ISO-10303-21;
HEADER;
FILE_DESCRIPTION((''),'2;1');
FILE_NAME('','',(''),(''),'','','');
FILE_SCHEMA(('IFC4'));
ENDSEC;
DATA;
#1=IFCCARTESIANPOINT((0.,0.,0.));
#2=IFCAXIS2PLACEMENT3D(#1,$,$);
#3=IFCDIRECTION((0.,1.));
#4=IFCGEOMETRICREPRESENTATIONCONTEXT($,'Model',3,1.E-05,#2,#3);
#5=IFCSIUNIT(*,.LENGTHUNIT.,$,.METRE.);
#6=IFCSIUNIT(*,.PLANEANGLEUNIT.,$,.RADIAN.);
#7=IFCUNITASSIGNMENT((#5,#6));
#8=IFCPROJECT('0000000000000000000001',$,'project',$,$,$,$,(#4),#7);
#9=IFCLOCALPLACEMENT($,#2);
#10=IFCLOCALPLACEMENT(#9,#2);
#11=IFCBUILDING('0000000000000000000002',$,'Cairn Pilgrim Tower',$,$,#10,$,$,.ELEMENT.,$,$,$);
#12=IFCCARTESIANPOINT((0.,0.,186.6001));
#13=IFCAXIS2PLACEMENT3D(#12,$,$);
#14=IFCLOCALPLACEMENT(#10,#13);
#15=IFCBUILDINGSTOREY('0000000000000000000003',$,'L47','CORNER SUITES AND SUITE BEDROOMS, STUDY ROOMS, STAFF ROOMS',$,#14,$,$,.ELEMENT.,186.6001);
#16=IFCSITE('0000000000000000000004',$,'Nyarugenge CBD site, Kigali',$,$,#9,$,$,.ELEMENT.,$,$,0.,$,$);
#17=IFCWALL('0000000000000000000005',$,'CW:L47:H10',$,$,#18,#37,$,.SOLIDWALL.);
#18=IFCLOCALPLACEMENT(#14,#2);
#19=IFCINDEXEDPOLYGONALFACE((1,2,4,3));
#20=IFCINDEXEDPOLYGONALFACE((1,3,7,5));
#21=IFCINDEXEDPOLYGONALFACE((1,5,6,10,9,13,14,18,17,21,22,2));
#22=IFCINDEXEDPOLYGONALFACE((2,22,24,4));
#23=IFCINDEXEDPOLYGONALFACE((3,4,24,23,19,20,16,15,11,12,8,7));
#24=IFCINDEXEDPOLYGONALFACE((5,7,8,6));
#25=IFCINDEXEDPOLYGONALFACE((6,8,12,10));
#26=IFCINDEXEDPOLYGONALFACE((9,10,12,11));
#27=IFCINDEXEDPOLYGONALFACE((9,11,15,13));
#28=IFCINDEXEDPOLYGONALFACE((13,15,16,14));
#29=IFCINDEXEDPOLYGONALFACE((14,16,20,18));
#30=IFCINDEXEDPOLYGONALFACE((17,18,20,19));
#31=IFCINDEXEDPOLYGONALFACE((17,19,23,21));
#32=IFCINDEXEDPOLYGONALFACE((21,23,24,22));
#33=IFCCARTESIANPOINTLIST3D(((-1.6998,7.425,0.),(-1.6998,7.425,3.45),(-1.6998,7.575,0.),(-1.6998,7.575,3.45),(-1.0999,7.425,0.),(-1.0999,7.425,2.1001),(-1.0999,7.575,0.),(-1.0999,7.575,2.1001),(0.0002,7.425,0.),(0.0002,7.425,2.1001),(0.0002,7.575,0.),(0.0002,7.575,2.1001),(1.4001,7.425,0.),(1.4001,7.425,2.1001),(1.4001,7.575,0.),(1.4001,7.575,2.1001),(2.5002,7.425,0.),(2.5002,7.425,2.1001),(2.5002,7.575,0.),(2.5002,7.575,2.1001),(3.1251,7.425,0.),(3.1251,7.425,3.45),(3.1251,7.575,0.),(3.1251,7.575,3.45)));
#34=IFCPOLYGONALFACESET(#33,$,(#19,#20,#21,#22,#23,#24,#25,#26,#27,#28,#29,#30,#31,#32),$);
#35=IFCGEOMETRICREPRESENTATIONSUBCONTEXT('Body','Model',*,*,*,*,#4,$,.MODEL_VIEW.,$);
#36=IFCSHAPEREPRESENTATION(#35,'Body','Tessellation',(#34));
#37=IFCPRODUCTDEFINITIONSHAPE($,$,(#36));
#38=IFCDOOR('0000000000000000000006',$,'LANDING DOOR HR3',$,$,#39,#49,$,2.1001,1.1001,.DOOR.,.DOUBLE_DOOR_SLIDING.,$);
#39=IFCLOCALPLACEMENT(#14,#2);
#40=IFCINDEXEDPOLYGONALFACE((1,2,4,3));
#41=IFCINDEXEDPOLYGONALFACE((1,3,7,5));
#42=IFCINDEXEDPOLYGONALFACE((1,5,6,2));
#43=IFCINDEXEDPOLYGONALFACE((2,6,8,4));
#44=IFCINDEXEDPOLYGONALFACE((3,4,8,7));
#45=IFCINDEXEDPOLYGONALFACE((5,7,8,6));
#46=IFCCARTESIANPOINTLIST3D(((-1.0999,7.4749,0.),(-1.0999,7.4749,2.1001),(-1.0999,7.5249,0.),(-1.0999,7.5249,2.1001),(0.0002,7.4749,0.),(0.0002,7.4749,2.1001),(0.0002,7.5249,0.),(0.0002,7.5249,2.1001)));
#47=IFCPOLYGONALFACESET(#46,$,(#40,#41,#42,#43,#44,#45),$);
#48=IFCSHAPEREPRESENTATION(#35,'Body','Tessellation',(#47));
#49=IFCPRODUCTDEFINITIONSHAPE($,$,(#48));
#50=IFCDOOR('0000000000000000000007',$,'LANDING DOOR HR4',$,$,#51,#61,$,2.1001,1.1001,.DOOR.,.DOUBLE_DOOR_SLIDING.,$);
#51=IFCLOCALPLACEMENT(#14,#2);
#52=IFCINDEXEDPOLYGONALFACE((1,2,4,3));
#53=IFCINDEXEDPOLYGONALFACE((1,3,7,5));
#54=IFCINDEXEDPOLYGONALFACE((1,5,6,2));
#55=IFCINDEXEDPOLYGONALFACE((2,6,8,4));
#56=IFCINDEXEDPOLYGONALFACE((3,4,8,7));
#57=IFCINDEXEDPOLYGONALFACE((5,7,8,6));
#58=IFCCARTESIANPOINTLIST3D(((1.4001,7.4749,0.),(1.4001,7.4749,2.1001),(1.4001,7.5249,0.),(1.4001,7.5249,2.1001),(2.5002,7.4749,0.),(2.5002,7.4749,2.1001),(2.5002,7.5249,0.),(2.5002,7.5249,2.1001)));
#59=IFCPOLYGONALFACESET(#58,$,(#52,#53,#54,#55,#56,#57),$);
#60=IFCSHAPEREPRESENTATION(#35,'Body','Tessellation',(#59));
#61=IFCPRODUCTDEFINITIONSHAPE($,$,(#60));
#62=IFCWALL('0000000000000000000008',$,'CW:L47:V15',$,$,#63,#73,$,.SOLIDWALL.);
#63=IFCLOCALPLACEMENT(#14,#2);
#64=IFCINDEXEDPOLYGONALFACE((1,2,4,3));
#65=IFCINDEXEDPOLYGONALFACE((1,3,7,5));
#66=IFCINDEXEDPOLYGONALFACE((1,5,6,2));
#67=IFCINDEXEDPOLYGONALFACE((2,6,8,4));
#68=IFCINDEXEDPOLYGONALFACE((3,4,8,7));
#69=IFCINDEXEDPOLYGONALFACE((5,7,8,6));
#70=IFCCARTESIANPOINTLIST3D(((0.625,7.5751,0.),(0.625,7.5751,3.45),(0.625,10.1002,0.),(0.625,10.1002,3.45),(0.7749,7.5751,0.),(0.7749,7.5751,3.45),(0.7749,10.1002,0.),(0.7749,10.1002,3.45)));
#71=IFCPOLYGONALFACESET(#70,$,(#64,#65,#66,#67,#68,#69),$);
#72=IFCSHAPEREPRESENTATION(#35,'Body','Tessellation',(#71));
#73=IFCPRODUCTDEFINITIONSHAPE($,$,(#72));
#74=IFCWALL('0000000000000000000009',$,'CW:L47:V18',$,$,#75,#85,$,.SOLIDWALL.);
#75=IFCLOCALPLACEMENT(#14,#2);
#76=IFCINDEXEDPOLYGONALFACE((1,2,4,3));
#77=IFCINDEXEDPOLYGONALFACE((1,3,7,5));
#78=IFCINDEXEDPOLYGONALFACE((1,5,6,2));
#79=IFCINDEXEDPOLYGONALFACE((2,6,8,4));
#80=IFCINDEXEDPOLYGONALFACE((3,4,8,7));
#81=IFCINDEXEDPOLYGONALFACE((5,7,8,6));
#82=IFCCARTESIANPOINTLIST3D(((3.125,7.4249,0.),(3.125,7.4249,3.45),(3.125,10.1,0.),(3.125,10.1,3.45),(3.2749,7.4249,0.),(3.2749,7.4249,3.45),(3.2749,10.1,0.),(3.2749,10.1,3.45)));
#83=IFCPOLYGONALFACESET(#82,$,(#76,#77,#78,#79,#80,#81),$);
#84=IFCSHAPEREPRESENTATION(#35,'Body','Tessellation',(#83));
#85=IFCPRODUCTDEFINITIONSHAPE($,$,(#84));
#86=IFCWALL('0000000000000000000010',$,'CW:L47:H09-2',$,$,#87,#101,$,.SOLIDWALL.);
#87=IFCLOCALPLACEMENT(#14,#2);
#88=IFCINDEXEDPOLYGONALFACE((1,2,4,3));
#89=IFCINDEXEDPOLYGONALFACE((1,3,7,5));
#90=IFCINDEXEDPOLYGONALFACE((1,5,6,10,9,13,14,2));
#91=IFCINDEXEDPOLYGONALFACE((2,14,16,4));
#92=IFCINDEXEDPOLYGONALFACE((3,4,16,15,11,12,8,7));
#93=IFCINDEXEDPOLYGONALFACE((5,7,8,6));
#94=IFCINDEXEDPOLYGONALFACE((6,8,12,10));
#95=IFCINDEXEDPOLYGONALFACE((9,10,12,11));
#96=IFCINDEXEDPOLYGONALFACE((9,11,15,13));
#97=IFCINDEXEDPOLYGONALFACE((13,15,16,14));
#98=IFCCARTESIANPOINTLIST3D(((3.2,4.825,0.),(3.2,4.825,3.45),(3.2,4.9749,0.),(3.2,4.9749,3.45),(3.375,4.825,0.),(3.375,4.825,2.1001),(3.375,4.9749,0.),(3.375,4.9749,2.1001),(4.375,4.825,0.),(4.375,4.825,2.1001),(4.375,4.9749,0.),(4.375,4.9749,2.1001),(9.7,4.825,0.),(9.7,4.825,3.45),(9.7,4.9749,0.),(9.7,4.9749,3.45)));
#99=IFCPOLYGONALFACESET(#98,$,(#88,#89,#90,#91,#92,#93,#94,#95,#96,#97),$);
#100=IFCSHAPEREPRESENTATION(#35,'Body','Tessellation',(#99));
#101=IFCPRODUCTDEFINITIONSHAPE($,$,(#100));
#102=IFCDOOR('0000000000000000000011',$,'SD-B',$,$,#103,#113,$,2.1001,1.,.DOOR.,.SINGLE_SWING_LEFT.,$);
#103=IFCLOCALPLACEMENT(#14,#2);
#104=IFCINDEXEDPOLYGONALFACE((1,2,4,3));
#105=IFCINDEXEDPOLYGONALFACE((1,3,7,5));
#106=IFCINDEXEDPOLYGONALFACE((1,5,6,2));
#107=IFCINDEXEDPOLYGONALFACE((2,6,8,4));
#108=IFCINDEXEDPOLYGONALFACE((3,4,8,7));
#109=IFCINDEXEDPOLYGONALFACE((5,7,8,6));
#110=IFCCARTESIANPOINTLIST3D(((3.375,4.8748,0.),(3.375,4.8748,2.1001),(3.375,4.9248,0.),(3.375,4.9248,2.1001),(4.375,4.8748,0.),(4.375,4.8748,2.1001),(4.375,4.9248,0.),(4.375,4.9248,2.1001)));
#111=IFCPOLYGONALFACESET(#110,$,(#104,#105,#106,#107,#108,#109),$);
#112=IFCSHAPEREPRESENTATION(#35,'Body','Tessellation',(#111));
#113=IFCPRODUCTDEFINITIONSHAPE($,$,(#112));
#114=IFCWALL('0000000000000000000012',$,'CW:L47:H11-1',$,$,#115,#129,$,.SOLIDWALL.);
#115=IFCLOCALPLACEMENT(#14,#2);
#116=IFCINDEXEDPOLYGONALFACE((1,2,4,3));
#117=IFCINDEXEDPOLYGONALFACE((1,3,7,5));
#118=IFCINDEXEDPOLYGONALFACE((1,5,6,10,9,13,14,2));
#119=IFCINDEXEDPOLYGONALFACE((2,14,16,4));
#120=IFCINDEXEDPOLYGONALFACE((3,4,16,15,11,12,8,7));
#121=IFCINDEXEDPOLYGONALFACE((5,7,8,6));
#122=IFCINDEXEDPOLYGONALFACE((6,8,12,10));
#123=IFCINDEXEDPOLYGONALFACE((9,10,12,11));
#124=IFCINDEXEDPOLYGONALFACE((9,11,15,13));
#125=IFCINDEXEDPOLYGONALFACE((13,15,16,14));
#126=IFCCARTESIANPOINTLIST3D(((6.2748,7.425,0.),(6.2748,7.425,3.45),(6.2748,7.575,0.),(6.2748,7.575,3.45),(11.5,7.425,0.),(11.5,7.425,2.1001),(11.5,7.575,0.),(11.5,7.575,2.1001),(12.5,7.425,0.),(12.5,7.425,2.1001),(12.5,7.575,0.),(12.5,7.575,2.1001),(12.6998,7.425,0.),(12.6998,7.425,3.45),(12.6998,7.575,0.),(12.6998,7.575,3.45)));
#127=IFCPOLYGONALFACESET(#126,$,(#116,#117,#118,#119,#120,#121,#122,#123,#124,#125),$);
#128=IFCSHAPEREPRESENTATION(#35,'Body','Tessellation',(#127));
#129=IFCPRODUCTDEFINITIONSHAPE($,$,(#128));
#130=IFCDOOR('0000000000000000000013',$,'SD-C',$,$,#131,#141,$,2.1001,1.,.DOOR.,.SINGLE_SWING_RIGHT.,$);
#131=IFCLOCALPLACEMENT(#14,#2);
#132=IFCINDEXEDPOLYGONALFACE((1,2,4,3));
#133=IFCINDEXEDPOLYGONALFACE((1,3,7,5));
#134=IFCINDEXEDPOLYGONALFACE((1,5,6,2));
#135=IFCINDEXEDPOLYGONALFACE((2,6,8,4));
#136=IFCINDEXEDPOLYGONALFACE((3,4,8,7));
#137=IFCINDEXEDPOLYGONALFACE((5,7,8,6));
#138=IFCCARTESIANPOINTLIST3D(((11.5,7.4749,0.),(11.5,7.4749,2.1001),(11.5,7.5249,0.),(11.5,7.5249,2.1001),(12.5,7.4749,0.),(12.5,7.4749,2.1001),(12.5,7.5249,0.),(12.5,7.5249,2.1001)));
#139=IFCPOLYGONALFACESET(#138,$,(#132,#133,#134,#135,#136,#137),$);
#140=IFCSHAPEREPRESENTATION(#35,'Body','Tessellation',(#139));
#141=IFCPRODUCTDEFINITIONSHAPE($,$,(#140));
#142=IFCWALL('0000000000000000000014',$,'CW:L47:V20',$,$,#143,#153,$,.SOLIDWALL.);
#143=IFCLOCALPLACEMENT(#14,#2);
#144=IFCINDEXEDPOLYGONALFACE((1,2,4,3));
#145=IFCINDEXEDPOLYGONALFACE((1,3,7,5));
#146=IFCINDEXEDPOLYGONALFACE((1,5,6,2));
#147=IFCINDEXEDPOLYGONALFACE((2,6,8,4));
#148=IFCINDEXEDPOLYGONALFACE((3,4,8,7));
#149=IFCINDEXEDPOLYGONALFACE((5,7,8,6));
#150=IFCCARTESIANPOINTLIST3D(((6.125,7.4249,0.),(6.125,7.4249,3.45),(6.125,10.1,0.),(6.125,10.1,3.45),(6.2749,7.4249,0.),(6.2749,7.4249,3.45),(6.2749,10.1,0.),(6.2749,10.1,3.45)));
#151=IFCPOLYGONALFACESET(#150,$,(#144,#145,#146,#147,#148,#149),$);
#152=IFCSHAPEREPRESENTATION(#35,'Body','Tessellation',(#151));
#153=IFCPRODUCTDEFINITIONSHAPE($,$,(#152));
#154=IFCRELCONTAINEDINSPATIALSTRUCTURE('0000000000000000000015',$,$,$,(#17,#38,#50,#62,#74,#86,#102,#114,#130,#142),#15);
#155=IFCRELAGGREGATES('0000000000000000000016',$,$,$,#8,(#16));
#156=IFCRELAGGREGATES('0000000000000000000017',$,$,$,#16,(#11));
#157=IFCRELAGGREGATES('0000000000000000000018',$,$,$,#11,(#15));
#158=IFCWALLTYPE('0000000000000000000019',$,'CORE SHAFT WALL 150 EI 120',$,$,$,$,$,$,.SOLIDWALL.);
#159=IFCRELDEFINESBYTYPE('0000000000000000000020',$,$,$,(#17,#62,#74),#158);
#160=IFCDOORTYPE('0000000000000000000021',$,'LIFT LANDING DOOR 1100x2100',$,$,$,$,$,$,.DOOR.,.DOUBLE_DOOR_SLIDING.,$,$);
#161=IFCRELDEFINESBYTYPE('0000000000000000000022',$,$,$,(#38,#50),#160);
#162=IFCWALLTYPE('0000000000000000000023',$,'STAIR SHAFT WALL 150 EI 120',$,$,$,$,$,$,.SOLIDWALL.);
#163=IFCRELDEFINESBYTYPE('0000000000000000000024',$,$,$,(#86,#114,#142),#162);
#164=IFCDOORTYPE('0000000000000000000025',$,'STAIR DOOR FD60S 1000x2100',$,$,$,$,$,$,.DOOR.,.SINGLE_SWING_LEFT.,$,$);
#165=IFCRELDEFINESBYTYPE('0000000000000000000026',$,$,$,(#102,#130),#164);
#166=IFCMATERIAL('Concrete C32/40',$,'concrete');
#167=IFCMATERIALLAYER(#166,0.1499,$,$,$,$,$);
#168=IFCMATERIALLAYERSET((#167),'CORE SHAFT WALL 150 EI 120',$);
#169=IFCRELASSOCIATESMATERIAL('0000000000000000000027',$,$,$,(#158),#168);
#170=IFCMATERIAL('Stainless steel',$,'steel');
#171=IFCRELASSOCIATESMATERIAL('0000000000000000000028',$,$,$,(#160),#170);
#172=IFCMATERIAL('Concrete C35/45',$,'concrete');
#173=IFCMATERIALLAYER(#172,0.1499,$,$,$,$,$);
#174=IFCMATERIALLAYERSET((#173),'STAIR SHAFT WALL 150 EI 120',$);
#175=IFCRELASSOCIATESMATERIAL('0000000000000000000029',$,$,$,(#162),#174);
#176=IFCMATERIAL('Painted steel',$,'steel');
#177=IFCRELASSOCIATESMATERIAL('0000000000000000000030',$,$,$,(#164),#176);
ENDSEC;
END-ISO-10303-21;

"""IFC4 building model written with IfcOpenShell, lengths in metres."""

from ifc_helpers import new_model, si_unit, direction, frame, frame_2d, origin, place, context, subcontext, project, spatial, rectangle, extrude, material, layer, layer_set, type_object, element, fill, save


model = new_model("IFC4")

# Units and contexts
model_context = context("Model", 3, precision=1e-05, world=origin(), true_north=direction((0.0, 1.0)))
body_context = subcontext(model_context, "Body", "Model", "MODEL_VIEW")
ifc_project = project(units=[si_unit("LENGTHUNIT", "METRE"), si_unit("PLANEANGLEUNIT", "RADIAN")], contexts=[model_context])

# Site, building, storey
site_placement = place(None, origin())
site = spatial("IfcSite", under=ifc_project, at=site_placement, Name="Nyarugenge CBD site, Kigali", CompositionType="ELEMENT", RefElevation=0.0)
building_placement = place(site_placement, origin())
building = spatial("IfcBuilding", under=site, at=building_placement, Name="Cairn Pilgrim Tower", CompositionType="ELEMENT")
storey_placement = place(building_placement, frame((0.0, 0.0, 186.6001)))
storey = spatial("IfcBuildingStorey", under=building, at=storey_placement, Name="L47", Description="CORNER SUITES AND SUITE BEDROOMS, STUDY ROOMS, STAFF ROOMS", CompositionType="ELEMENT", Elevation=186.6001)

# Wall, openings, doors
ifc_material_1 = material(Name="Concrete C32/40", Category="concrete")
ifc_layer_1 = layer(ifc_material_1, 0.1499)
ifc_layer_set_1 = layer_set([ifc_layer_1], Name="CORE SHAFT WALL 150 EI 120")
wall_type_1 = type_object("IfcWallType", Name="CORE SHAFT WALL 150 EI 120", PredefinedType="SOLIDWALL", material=ifc_layer_set_1)
ifc_material_2 = material(Name="Stainless steel", Category="steel")
door_type_1 = type_object("IfcDoorType", Name="LIFT LANDING DOOR 1100x2100", OperationType="DOUBLE_DOOR_SLIDING", PredefinedType="DOOR", material=ifc_material_2)
wall_1_placement = place(storey_placement, frame((-1.7, 7.5, 0.0), z_axis=(0.0, 0.0, 1.0), x_axis=(1.0, 0.0, 0.0)))
wall_1 = element("IfcWall", 1, at=wall_1_placement, inside=storey, type_object=wall_type_1, Name="CW:L47:H10", PredefinedType="SOLIDWALL", context=body_context, shape_type="SweptSolid", body=[
    extrude(rectangle(XDim=4.825, YDim=0.1499, at=frame_2d((2.4126, 0.0))), origin(), (0.0, 0.0, 1.0), 3.45),
])
opening_1_placement = place(wall_1_placement, frame((0.6001, 0.0, 0.0)))
opening_1 = element("IfcOpeningElement", 2, at=opening_1_placement, cuts=wall_1, PredefinedType="OPENING", context=body_context, shape_type="SweptSolid", body=[
    extrude(rectangle(XDim=1.1001, YDim=2.1001, at=frame_2d((0.55, 1.05))), frame((0.0, 0.085, 0.0), z_axis=(0.0, -1.0, 0.0), x_axis=(1.0, 0.0, 0.0)), (0.0, 0.0, 1.0), 0.1699),
])
opening_2_placement = place(wall_1_placement, frame((3.1001, 0.0, 0.0)))
opening_2 = element("IfcOpeningElement", 3, at=opening_2_placement, cuts=wall_1, PredefinedType="OPENING", context=body_context, shape_type="SweptSolid", body=[
    extrude(rectangle(XDim=1.1001, YDim=2.1001, at=frame_2d((0.55, 1.05))), frame((0.0, 0.085, 0.0), z_axis=(0.0, -1.0, 0.0), x_axis=(1.0, 0.0, 0.0)), (0.0, 0.0, 1.0), 0.1699),
])
door_1_placement = place(opening_1_placement, origin())
door_1 = element("IfcDoor", 4, at=door_1_placement, inside=storey, type_object=door_type_1, Name="LANDING DOOR HR3", OperationType="DOUBLE_DOOR_SLIDING", OverallHeight=2.1001, OverallWidth=1.1001, PredefinedType="DOOR", context=body_context, shape_type="SweptSolid", body=[
    extrude(rectangle(XDim=1.1001, YDim=2.1001, at=frame_2d((0.55, 1.05))), frame((0.0, 0.0249, 0.0), z_axis=(0.0, -1.0, 0.0), x_axis=(1.0, 0.0, 0.0)), (0.0, 0.0, 1.0), 0.05),
])
fill(opening_1, door_1)
door_2_placement = place(opening_2_placement, origin())
door_2 = element("IfcDoor", 5, at=door_2_placement, inside=storey, type_object=door_type_1, Name="LANDING DOOR HR4", OperationType="DOUBLE_DOOR_SLIDING", OverallHeight=2.1001, OverallWidth=1.1001, PredefinedType="DOOR", context=body_context, shape_type="SweptSolid", body=[
    extrude(rectangle(XDim=1.1001, YDim=2.1001, at=frame_2d((0.55, 1.05))), frame((0.0, 0.0249, 0.0), z_axis=(0.0, -1.0, 0.0), x_axis=(1.0, 0.0, 0.0)), (0.0, 0.0, 1.0), 0.05),
])
fill(opening_2, door_2)

# Walls
wall_2_placement = place(storey_placement, frame((0.7, 7.575, 0.0), z_axis=(0.0, 0.0, 1.0), x_axis=(0.0, 1.0, 0.0)))
element("IfcWall", 6, at=wall_2_placement, inside=storey, type_object=wall_type_1, Name="CW:L47:V15", PredefinedType="SOLIDWALL", context=body_context, shape_type="SweptSolid", body=[
    extrude(rectangle(XDim=2.5251, YDim=0.1499, at=frame_2d((1.2627, 0.0))), origin(), (0.0, 0.0, 1.0), 3.45),
])
wall_3_placement = place(storey_placement, frame((3.2, 7.425, 0.0), z_axis=(0.0, 0.0, 1.0), x_axis=(0.0, 1.0, 0.0)))
element("IfcWall", 7, at=wall_3_placement, inside=storey, type_object=wall_type_1, Name="CW:L47:V18", PredefinedType="SOLIDWALL", context=body_context, shape_type="SweptSolid", body=[
    extrude(rectangle(XDim=2.675, YDim=0.1499, at=frame_2d((1.3374, 0.0))), origin(), (0.0, 0.0, 1.0), 3.45),
])

# Walls, openings, doors
ifc_material_3 = material(Name="Concrete C35/45", Category="concrete")
ifc_layer_2 = layer(ifc_material_3, 0.1499)
ifc_layer_set_2 = layer_set([ifc_layer_2], Name="STAIR SHAFT WALL 150 EI 120")
wall_type_2 = type_object("IfcWallType", Name="STAIR SHAFT WALL 150 EI 120", PredefinedType="SOLIDWALL", material=ifc_layer_set_2)
wall_4_placement = place(storey_placement, frame((3.2, 4.8999, 0.0), z_axis=(0.0, 0.0, 1.0), x_axis=(1.0, 0.0, 0.0)))
wall_4 = element("IfcWall", 8, at=wall_4_placement, inside=storey, type_object=wall_type_2, Name="CW:L47:H09-2", PredefinedType="SOLIDWALL", context=body_context, shape_type="SweptSolid", body=[
    extrude(rectangle(XDim=6.5, YDim=0.1499, at=frame_2d((3.25, 0.0))), origin(), (0.0, 0.0, 1.0), 3.45),
])
opening_3_placement = place(wall_4_placement, frame((0.175, 0.0, 0.0)))
opening_3 = element("IfcOpeningElement", 9, at=opening_3_placement, cuts=wall_4, PredefinedType="OPENING", context=body_context, shape_type="SweptSolid", body=[
    extrude(rectangle(XDim=1.0, YDim=2.1001, at=frame_2d((0.5, 1.05))), frame((0.0, 0.085, 0.0), z_axis=(0.0, -1.0, 0.0), x_axis=(1.0, 0.0, 0.0)), (0.0, 0.0, 1.0), 0.1699),
])
ifc_material_4 = material(Name="Painted steel", Category="steel")
door_type_2 = type_object("IfcDoorType", Name="STAIR DOOR FD60S 1000x2100", OperationType="SINGLE_SWING_LEFT", PredefinedType="DOOR", material=ifc_material_4)
door_3_placement = place(opening_3_placement, origin())
door_3 = element("IfcDoor", 10, at=door_3_placement, inside=storey, type_object=door_type_2, Name="SD-B", OperationType="SINGLE_SWING_LEFT", OverallHeight=2.1001, OverallWidth=1.0, PredefinedType="DOOR", context=body_context, shape_type="SweptSolid", body=[
    extrude(rectangle(XDim=1.0, YDim=2.1001, at=frame_2d((0.5, 1.05))), frame((0.0, 0.0249, 0.0), z_axis=(0.0, -1.0, 0.0), x_axis=(1.0, 0.0, 0.0)), (0.0, 0.0, 1.0), 0.05),
])
fill(opening_3, door_3)
wall_5_placement = place(storey_placement, frame((6.2749, 7.5, 0.0), z_axis=(0.0, 0.0, 1.0), x_axis=(1.0, 0.0, 0.0)))
wall_5 = element("IfcWall", 11, at=wall_5_placement, inside=storey, type_object=wall_type_2, Name="CW:L47:H11-1", PredefinedType="SOLIDWALL", context=body_context, shape_type="SweptSolid", body=[
    extrude(rectangle(XDim=6.425, YDim=0.1499, at=frame_2d((3.2124, 0.0))), origin(), (0.0, 0.0, 1.0), 3.45),
])
opening_4_placement = place(wall_5_placement, frame((5.2251, 0.0, 0.0)))
opening_4 = element("IfcOpeningElement", 12, at=opening_4_placement, cuts=wall_5, PredefinedType="OPENING", context=body_context, shape_type="SweptSolid", body=[
    extrude(rectangle(XDim=1.0, YDim=2.1001, at=frame_2d((0.5, 1.05))), frame((0.0, 0.085, 0.0), z_axis=(0.0, -1.0, 0.0), x_axis=(1.0, 0.0, 0.0)), (0.0, 0.0, 1.0), 0.1699),
])
door_4_placement = place(opening_4_placement, origin())
door_4 = element("IfcDoor", 13, at=door_4_placement, inside=storey, type_object=door_type_2, Name="SD-C", OperationType="SINGLE_SWING_RIGHT", OverallHeight=2.1001, OverallWidth=1.0, PredefinedType="DOOR", context=body_context, shape_type="SweptSolid", body=[
    extrude(rectangle(XDim=1.0, YDim=2.1001, at=frame_2d((0.5, 1.05))), frame((0.0, 0.0249, 0.0), z_axis=(0.0, -1.0, 0.0), x_axis=(1.0, 0.0, 0.0)), (0.0, 0.0, 1.0), 0.05),
])
fill(opening_4, door_4)

# Wall
wall_6_placement = place(storey_placement, frame((6.2, 7.425, 0.0), z_axis=(0.0, 0.0, 1.0), x_axis=(0.0, 1.0, 0.0)))
element("IfcWall", 14, at=wall_6_placement, inside=storey, type_object=wall_type_2, Name="CW:L47:V20", PredefinedType="SOLIDWALL", context=body_context, shape_type="SweptSolid", body=[
    extrude(rectangle(XDim=2.675, YDim=0.1499, at=frame_2d((1.3374, 0.0))), origin(), (0.0, 0.0, 1.0), 3.45),
])

save(model, "model.ifc")
